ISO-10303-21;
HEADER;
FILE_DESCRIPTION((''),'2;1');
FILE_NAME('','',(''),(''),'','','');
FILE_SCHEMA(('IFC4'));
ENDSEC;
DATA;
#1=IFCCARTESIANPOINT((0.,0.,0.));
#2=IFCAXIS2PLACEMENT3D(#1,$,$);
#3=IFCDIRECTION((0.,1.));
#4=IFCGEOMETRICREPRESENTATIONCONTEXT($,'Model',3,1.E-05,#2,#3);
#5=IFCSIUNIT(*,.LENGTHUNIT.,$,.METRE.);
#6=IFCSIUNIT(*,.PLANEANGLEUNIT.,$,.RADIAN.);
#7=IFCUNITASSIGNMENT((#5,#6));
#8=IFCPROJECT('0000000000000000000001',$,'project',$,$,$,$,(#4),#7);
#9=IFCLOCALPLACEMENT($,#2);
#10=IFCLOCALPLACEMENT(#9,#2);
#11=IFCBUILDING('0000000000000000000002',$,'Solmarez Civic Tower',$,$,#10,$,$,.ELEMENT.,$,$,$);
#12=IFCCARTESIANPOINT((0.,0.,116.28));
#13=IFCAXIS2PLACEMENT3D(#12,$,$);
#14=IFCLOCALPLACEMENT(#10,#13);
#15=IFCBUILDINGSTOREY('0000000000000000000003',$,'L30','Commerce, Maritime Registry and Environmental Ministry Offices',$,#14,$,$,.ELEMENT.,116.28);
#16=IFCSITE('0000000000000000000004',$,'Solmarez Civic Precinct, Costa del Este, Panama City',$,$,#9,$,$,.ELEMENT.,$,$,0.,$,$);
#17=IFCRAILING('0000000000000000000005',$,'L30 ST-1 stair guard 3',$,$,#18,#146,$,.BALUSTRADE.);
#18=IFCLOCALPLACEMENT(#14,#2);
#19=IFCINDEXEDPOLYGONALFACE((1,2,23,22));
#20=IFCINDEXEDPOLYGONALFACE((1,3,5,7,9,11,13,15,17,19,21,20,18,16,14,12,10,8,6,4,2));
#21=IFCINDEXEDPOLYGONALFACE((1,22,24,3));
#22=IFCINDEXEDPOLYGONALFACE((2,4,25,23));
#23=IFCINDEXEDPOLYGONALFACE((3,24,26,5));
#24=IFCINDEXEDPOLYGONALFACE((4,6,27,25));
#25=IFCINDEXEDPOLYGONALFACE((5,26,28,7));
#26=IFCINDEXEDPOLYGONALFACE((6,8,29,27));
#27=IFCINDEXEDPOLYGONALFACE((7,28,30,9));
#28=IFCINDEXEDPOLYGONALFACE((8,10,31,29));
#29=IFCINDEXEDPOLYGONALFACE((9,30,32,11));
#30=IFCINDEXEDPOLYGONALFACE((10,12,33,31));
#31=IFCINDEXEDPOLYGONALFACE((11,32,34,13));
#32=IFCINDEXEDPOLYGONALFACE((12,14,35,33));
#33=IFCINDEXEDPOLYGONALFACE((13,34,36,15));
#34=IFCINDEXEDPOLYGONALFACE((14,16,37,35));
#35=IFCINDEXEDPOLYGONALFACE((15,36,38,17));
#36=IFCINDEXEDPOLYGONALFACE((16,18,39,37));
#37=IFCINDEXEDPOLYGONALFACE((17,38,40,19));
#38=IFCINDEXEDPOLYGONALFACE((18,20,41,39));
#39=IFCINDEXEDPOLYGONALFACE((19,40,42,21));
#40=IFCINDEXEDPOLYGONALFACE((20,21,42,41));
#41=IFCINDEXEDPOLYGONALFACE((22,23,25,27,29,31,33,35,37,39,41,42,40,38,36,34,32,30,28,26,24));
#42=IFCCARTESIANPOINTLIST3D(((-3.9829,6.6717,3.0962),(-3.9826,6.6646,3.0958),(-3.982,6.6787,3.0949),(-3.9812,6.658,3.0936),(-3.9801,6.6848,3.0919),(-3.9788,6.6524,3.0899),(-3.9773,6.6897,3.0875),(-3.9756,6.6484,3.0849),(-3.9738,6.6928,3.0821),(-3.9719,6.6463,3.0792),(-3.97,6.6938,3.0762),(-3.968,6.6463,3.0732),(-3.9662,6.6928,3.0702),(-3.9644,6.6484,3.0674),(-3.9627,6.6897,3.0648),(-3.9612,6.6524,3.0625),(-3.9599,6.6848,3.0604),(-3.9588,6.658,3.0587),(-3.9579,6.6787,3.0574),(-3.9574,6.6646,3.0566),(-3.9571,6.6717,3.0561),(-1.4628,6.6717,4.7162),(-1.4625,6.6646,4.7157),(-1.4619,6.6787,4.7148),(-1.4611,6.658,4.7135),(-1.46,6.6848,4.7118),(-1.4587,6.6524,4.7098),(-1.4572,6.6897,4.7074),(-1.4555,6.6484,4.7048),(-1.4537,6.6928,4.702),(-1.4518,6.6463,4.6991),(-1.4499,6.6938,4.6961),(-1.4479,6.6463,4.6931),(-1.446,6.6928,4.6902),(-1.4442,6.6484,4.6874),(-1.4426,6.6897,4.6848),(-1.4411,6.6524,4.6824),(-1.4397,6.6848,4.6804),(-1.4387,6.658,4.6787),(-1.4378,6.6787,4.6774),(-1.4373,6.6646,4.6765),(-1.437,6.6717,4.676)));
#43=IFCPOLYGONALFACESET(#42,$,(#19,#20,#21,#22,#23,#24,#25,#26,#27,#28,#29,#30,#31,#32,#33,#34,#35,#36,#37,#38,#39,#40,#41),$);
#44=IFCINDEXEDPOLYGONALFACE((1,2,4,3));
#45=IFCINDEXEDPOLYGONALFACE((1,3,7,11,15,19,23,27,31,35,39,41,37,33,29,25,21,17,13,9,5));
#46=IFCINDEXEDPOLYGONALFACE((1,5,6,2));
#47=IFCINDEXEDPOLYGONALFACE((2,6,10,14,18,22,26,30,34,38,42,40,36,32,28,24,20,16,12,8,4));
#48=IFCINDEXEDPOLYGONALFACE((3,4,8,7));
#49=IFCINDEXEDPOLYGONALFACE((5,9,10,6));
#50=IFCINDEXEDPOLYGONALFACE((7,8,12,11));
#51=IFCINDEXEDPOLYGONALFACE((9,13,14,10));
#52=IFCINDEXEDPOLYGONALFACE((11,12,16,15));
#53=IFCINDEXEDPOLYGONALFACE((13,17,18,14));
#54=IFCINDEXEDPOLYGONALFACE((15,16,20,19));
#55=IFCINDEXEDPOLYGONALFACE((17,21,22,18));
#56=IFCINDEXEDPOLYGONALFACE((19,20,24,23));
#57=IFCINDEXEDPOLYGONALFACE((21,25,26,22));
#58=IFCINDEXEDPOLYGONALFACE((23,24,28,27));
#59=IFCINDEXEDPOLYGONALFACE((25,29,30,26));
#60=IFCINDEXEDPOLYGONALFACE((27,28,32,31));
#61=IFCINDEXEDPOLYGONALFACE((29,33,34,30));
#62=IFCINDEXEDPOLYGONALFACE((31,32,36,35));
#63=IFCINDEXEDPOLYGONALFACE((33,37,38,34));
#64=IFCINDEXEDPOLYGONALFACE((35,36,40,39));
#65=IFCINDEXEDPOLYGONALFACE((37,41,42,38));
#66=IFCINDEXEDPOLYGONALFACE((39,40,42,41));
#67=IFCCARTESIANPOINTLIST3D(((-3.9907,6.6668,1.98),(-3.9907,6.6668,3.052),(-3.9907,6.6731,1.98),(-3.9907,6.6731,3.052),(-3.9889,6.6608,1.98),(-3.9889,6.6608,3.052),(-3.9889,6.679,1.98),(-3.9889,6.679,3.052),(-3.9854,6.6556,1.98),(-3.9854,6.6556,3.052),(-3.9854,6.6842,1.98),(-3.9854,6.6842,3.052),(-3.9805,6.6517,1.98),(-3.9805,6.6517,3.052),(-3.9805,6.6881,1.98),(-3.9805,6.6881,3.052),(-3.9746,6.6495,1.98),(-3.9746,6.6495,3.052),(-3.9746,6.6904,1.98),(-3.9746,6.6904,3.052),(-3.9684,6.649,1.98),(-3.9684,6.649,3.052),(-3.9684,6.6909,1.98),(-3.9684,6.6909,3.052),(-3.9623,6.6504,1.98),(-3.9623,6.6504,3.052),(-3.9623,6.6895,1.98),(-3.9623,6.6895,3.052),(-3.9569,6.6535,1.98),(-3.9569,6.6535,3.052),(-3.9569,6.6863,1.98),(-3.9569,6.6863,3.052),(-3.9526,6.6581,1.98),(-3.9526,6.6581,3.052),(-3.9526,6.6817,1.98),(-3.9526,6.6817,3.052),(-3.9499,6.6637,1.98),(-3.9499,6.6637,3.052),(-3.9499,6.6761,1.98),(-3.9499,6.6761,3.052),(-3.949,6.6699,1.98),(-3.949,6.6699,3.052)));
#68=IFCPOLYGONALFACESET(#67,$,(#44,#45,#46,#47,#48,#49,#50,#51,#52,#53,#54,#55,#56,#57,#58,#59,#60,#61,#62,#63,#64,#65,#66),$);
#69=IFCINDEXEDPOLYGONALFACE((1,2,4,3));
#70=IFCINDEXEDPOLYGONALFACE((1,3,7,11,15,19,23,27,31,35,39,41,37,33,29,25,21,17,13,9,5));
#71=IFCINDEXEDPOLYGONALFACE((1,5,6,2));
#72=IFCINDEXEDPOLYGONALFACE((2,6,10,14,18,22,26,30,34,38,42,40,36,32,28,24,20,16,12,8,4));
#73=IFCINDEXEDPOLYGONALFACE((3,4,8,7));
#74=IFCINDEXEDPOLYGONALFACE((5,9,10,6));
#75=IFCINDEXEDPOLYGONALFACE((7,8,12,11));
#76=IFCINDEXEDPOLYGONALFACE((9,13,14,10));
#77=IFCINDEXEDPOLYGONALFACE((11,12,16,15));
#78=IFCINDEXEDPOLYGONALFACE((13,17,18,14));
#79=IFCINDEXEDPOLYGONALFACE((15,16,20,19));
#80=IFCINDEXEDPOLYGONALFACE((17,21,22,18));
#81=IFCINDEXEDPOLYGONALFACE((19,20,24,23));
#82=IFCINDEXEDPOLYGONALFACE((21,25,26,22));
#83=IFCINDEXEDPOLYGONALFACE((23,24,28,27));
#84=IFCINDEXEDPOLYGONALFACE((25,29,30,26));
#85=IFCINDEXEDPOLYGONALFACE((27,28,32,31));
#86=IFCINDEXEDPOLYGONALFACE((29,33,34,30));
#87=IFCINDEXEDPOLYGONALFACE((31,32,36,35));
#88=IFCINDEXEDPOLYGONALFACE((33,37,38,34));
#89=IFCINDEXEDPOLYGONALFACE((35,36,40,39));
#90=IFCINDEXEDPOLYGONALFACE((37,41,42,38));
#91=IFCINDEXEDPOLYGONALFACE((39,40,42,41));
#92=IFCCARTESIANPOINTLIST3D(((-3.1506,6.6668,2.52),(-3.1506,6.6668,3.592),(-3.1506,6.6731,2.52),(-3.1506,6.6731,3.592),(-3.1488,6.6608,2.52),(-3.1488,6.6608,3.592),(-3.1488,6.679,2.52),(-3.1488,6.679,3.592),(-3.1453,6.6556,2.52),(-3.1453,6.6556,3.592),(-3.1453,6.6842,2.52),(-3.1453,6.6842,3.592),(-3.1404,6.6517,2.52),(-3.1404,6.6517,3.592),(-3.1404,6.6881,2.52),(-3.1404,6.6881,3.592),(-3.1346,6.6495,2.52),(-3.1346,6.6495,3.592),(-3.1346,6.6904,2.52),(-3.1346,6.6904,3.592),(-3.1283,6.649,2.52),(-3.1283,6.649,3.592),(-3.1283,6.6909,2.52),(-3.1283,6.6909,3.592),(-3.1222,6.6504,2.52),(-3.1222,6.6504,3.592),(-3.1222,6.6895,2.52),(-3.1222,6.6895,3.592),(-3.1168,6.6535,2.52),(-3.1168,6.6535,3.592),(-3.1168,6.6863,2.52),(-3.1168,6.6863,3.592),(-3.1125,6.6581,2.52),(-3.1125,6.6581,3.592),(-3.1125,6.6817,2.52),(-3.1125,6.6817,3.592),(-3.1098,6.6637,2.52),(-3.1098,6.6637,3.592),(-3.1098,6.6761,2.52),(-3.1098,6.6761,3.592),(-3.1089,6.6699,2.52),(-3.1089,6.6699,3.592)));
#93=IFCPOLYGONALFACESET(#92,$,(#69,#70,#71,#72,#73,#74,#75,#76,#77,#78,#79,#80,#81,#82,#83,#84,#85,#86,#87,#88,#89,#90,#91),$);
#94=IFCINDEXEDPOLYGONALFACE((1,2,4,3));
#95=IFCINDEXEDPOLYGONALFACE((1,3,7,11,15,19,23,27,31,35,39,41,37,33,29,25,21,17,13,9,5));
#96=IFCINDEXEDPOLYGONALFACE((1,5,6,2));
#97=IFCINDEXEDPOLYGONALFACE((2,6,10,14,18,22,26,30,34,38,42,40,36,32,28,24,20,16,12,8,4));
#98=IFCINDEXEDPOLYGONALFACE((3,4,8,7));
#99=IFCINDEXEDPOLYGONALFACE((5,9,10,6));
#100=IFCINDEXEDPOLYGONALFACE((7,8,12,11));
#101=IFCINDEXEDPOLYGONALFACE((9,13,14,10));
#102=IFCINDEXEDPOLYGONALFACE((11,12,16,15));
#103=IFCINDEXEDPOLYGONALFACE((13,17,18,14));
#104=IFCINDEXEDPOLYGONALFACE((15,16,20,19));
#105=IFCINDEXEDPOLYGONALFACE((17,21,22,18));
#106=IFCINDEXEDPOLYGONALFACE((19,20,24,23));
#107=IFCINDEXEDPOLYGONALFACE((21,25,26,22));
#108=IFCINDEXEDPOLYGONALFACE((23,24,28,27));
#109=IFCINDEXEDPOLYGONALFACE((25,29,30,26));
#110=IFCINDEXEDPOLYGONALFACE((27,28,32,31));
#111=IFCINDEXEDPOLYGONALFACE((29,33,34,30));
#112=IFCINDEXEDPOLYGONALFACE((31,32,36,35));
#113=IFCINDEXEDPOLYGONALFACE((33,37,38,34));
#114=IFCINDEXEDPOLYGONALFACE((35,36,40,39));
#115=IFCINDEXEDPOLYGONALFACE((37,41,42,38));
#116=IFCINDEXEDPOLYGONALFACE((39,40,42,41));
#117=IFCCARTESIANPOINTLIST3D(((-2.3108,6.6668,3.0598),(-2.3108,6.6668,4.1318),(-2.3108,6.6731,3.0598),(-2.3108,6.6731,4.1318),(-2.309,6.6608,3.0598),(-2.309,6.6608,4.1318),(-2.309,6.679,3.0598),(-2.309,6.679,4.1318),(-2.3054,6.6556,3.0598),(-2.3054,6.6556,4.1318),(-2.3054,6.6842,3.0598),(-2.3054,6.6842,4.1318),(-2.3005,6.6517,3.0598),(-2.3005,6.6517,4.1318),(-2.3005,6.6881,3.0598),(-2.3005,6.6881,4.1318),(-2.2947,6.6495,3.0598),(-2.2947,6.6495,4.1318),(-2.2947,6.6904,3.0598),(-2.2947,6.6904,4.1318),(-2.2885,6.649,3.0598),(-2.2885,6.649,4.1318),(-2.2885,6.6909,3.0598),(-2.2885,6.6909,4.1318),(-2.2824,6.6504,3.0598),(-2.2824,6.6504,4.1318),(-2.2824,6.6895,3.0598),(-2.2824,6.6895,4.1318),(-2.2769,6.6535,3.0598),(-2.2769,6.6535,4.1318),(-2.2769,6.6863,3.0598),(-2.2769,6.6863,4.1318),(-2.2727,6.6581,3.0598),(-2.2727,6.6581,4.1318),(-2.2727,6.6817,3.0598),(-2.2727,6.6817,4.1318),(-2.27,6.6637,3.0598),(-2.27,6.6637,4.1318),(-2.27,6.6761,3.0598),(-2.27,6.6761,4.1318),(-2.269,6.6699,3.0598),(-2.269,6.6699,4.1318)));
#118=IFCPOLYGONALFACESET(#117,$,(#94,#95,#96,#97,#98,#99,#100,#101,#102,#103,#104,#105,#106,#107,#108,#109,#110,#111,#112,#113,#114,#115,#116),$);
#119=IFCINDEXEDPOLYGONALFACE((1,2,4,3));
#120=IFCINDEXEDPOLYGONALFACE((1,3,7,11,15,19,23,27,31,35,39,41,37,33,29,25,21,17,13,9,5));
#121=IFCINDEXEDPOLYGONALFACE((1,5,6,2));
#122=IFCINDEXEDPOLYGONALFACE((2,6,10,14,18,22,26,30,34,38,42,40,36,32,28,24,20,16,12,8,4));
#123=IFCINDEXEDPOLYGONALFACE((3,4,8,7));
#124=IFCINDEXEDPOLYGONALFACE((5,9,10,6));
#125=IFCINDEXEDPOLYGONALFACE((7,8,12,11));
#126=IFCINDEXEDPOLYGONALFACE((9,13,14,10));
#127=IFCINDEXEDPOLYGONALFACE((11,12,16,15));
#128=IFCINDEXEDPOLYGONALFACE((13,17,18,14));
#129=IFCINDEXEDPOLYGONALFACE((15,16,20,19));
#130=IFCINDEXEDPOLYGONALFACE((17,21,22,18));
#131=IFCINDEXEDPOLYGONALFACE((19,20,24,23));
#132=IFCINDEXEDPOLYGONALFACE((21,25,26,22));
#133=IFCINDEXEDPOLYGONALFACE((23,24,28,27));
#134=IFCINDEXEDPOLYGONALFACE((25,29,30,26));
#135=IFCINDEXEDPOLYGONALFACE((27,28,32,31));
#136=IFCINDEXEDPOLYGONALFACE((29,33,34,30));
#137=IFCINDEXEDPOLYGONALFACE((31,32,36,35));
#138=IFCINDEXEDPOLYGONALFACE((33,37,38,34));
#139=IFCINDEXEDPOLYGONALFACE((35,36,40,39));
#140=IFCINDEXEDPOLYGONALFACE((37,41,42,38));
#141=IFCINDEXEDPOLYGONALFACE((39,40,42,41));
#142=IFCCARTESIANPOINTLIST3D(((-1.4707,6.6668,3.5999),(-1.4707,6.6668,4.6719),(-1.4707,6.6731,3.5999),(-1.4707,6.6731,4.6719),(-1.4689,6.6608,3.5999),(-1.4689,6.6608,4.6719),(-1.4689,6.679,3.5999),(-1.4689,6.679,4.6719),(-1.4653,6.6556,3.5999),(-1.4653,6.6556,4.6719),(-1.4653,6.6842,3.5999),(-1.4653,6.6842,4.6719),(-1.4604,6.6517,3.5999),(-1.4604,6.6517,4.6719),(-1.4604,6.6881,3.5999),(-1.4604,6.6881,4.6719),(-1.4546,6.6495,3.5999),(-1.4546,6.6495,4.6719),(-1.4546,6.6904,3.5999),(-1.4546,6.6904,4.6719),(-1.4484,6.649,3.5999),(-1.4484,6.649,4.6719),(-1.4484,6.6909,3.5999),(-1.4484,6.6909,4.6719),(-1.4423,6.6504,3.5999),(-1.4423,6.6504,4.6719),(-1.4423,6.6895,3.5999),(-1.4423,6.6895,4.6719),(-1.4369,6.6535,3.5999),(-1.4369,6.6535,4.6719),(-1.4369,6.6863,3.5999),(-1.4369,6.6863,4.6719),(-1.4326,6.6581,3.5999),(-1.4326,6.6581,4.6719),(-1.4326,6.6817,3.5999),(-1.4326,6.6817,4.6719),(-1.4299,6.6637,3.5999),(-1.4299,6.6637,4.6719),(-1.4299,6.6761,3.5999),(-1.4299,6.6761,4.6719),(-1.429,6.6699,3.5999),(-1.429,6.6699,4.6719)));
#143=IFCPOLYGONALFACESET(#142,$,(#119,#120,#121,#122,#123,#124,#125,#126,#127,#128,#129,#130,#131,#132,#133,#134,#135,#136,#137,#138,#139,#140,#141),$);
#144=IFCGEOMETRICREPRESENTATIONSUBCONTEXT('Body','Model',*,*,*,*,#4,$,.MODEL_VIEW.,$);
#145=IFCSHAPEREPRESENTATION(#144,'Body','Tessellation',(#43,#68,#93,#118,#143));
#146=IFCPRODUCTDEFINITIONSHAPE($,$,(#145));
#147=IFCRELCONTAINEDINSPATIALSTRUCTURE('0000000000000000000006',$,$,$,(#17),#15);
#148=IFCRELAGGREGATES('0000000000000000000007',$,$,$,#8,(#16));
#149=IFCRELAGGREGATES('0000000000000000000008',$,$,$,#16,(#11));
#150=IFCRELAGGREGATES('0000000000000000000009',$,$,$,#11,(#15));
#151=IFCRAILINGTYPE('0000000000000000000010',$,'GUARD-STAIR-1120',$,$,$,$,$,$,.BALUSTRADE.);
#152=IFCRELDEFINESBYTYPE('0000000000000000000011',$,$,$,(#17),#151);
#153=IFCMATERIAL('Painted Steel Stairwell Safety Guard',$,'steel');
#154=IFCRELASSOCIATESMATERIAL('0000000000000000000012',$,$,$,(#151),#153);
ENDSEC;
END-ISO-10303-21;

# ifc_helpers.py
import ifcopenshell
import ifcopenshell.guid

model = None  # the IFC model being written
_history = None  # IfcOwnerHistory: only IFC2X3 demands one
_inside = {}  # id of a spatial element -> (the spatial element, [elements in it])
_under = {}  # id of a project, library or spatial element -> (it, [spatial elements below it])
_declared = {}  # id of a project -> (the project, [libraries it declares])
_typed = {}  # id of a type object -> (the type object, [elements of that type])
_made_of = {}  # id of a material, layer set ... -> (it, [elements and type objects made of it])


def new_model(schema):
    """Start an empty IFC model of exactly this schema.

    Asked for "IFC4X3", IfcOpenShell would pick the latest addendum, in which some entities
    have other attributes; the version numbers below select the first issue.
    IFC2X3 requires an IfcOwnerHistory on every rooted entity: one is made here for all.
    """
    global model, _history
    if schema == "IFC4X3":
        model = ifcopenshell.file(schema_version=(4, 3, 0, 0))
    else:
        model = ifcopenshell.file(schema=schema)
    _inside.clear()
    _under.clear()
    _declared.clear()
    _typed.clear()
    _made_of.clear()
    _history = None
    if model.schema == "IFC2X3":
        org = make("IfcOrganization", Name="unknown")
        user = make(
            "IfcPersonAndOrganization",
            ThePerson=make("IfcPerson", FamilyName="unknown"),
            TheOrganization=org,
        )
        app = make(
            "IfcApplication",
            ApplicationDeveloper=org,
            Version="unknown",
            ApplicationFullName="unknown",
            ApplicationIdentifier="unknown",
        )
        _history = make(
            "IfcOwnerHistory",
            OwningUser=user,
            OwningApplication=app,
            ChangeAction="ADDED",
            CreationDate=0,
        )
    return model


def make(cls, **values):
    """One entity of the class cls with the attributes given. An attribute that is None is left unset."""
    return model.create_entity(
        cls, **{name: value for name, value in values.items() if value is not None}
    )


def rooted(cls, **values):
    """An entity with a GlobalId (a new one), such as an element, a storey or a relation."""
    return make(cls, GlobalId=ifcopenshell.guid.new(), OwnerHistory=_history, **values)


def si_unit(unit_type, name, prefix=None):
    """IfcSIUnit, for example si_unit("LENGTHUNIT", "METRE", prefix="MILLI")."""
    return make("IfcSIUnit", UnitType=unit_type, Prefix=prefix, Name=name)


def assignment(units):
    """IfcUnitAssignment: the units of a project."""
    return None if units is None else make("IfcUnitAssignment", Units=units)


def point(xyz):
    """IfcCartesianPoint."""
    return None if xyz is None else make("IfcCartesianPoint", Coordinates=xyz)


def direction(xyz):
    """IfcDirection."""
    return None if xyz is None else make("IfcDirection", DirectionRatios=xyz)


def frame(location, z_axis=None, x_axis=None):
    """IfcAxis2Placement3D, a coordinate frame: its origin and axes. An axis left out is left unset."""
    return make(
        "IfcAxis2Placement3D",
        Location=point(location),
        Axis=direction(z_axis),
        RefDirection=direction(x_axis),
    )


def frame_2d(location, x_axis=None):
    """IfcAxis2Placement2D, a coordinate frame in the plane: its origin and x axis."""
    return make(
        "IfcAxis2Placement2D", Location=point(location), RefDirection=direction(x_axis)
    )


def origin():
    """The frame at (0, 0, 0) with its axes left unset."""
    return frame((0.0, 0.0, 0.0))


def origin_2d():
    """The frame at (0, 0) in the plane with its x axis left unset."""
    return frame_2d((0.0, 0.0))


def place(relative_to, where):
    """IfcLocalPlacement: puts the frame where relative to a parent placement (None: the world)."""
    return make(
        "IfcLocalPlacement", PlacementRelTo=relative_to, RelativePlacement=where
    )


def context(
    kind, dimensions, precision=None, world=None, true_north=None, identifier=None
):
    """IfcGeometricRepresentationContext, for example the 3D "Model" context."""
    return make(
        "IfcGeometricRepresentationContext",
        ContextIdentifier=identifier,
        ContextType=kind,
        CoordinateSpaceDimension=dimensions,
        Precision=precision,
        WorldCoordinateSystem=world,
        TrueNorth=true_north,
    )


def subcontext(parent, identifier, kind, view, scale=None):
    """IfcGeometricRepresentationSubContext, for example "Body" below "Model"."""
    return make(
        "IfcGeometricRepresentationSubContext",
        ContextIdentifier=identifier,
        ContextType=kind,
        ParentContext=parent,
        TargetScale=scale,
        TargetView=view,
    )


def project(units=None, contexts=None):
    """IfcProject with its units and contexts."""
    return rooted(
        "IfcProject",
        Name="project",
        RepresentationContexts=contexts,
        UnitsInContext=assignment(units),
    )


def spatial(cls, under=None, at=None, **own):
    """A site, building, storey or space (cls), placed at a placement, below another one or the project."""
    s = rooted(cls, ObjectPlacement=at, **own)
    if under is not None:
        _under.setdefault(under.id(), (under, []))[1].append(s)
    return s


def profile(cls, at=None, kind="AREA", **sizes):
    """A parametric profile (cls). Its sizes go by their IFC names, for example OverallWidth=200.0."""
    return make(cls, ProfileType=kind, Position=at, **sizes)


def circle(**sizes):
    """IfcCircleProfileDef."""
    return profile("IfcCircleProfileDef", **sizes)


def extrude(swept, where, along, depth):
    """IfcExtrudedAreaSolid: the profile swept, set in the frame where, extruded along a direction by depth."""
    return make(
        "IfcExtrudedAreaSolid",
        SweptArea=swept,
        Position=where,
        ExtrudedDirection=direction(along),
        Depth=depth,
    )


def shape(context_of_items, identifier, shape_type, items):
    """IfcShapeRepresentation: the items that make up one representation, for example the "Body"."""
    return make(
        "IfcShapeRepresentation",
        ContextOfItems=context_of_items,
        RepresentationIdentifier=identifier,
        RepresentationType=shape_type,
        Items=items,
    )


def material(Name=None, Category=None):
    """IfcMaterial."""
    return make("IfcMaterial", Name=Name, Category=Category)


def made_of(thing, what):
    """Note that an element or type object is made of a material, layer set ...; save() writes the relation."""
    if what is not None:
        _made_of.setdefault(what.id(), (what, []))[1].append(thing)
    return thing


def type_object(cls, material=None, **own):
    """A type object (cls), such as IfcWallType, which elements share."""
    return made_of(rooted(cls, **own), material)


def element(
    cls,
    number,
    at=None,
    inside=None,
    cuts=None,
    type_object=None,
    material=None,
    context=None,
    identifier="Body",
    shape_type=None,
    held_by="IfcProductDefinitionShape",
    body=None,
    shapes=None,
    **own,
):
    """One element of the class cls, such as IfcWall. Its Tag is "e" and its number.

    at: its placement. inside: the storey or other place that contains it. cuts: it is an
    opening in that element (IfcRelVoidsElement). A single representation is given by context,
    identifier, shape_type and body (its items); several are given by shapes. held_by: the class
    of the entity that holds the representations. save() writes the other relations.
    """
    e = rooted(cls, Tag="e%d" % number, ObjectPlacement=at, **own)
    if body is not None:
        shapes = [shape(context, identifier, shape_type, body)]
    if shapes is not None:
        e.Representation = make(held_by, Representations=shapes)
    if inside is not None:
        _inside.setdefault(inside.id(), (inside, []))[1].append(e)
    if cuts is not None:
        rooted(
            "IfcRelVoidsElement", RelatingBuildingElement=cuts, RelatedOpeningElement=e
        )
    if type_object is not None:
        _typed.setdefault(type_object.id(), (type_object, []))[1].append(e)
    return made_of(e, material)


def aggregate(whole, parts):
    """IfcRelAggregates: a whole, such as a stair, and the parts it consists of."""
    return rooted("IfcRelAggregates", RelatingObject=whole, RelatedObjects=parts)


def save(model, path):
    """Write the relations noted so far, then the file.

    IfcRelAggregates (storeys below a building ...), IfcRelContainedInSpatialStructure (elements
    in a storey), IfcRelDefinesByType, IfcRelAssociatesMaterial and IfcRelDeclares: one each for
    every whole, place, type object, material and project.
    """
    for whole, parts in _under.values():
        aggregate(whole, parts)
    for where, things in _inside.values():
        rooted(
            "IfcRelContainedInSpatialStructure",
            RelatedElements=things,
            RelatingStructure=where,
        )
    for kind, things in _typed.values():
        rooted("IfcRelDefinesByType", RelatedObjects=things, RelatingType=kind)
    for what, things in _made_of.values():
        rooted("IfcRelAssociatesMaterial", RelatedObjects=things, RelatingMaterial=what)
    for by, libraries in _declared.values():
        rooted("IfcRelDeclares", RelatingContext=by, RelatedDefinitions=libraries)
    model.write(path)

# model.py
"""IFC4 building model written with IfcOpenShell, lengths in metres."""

from ifc_helpers import new_model, si_unit, direction, frame, origin, origin_2d, place, context, subcontext, project, spatial, circle, extrude, material, type_object, element, save


model = new_model("IFC4")

# Units and contexts
model_context = context("Model", 3, precision=1e-05, world=origin(), true_north=direction((0.0, 1.0)))
body_context = subcontext(model_context, "Body", "Model", "MODEL_VIEW")
ifc_project = project(units=[si_unit("LENGTHUNIT", "METRE"), si_unit("PLANEANGLEUNIT", "RADIAN")], contexts=[model_context])

# Site, building, storey
site_placement = place(None, origin())
site = spatial("IfcSite", under=ifc_project, at=site_placement, Name="Solmarez Civic Precinct, Costa del Este, Panama City", CompositionType="ELEMENT", RefElevation=0.0)
building_placement = place(site_placement, origin())
building = spatial("IfcBuilding", under=site, at=building_placement, Name="Solmarez Civic Tower", CompositionType="ELEMENT")
storey_placement = place(building_placement, frame((0.0, 0.0, 116.28)))
storey = spatial("IfcBuildingStorey", under=building, at=storey_placement, Name="L30", Description="Commerce, Maritime Registry and Environmental Ministry Offices", CompositionType="ELEMENT", Elevation=116.28)

# Railing
ifc_material_1 = material(Name="Painted Steel Stairwell Safety Guard", Category="steel")
railing_type_1 = type_object("IfcRailingType", Name="GUARD-STAIR-1120", PredefinedType="BALUSTRADE", material=ifc_material_1)
railing_1_placement = place(storey_placement, frame((-3.97, 6.6699, 1.98)))
element("IfcRailing", 1, at=railing_1_placement, inside=storey, type_object=railing_type_1, Name="L30 ST-1 stair guard 3", PredefinedType="BALUSTRADE", context=body_context, shape_type="SweptSolid", body=[
    extrude(circle(Radius=0.0239, at=origin_2d()), frame((0.0, 0.0, 1.0962), z_axis=(0.8412, 0.0, 0.540725), x_axis=(0.0, 1.0, 0.0)), (0.0, 0.0, 1.0), 2.9958),
    extrude(circle(Radius=0.021, at=origin_2d()), origin(), (0.0, 0.0, 1.0), 1.072),
    extrude(circle(Radius=0.021, at=origin_2d()), frame((0.8401, 0.0, 0.54)), (0.0, 0.0, 1.0), 1.072),
    extrude(circle(Radius=0.021, at=origin_2d()), frame((1.6799, 0.0, 1.0798)), (0.0, 0.0, 1.0), 1.072),
    extrude(circle(Radius=0.021, at=origin_2d()), frame((2.52, 0.0, 1.6199)), (0.0, 0.0, 1.0), 1.072),
])

save(model, "model.ifc")
